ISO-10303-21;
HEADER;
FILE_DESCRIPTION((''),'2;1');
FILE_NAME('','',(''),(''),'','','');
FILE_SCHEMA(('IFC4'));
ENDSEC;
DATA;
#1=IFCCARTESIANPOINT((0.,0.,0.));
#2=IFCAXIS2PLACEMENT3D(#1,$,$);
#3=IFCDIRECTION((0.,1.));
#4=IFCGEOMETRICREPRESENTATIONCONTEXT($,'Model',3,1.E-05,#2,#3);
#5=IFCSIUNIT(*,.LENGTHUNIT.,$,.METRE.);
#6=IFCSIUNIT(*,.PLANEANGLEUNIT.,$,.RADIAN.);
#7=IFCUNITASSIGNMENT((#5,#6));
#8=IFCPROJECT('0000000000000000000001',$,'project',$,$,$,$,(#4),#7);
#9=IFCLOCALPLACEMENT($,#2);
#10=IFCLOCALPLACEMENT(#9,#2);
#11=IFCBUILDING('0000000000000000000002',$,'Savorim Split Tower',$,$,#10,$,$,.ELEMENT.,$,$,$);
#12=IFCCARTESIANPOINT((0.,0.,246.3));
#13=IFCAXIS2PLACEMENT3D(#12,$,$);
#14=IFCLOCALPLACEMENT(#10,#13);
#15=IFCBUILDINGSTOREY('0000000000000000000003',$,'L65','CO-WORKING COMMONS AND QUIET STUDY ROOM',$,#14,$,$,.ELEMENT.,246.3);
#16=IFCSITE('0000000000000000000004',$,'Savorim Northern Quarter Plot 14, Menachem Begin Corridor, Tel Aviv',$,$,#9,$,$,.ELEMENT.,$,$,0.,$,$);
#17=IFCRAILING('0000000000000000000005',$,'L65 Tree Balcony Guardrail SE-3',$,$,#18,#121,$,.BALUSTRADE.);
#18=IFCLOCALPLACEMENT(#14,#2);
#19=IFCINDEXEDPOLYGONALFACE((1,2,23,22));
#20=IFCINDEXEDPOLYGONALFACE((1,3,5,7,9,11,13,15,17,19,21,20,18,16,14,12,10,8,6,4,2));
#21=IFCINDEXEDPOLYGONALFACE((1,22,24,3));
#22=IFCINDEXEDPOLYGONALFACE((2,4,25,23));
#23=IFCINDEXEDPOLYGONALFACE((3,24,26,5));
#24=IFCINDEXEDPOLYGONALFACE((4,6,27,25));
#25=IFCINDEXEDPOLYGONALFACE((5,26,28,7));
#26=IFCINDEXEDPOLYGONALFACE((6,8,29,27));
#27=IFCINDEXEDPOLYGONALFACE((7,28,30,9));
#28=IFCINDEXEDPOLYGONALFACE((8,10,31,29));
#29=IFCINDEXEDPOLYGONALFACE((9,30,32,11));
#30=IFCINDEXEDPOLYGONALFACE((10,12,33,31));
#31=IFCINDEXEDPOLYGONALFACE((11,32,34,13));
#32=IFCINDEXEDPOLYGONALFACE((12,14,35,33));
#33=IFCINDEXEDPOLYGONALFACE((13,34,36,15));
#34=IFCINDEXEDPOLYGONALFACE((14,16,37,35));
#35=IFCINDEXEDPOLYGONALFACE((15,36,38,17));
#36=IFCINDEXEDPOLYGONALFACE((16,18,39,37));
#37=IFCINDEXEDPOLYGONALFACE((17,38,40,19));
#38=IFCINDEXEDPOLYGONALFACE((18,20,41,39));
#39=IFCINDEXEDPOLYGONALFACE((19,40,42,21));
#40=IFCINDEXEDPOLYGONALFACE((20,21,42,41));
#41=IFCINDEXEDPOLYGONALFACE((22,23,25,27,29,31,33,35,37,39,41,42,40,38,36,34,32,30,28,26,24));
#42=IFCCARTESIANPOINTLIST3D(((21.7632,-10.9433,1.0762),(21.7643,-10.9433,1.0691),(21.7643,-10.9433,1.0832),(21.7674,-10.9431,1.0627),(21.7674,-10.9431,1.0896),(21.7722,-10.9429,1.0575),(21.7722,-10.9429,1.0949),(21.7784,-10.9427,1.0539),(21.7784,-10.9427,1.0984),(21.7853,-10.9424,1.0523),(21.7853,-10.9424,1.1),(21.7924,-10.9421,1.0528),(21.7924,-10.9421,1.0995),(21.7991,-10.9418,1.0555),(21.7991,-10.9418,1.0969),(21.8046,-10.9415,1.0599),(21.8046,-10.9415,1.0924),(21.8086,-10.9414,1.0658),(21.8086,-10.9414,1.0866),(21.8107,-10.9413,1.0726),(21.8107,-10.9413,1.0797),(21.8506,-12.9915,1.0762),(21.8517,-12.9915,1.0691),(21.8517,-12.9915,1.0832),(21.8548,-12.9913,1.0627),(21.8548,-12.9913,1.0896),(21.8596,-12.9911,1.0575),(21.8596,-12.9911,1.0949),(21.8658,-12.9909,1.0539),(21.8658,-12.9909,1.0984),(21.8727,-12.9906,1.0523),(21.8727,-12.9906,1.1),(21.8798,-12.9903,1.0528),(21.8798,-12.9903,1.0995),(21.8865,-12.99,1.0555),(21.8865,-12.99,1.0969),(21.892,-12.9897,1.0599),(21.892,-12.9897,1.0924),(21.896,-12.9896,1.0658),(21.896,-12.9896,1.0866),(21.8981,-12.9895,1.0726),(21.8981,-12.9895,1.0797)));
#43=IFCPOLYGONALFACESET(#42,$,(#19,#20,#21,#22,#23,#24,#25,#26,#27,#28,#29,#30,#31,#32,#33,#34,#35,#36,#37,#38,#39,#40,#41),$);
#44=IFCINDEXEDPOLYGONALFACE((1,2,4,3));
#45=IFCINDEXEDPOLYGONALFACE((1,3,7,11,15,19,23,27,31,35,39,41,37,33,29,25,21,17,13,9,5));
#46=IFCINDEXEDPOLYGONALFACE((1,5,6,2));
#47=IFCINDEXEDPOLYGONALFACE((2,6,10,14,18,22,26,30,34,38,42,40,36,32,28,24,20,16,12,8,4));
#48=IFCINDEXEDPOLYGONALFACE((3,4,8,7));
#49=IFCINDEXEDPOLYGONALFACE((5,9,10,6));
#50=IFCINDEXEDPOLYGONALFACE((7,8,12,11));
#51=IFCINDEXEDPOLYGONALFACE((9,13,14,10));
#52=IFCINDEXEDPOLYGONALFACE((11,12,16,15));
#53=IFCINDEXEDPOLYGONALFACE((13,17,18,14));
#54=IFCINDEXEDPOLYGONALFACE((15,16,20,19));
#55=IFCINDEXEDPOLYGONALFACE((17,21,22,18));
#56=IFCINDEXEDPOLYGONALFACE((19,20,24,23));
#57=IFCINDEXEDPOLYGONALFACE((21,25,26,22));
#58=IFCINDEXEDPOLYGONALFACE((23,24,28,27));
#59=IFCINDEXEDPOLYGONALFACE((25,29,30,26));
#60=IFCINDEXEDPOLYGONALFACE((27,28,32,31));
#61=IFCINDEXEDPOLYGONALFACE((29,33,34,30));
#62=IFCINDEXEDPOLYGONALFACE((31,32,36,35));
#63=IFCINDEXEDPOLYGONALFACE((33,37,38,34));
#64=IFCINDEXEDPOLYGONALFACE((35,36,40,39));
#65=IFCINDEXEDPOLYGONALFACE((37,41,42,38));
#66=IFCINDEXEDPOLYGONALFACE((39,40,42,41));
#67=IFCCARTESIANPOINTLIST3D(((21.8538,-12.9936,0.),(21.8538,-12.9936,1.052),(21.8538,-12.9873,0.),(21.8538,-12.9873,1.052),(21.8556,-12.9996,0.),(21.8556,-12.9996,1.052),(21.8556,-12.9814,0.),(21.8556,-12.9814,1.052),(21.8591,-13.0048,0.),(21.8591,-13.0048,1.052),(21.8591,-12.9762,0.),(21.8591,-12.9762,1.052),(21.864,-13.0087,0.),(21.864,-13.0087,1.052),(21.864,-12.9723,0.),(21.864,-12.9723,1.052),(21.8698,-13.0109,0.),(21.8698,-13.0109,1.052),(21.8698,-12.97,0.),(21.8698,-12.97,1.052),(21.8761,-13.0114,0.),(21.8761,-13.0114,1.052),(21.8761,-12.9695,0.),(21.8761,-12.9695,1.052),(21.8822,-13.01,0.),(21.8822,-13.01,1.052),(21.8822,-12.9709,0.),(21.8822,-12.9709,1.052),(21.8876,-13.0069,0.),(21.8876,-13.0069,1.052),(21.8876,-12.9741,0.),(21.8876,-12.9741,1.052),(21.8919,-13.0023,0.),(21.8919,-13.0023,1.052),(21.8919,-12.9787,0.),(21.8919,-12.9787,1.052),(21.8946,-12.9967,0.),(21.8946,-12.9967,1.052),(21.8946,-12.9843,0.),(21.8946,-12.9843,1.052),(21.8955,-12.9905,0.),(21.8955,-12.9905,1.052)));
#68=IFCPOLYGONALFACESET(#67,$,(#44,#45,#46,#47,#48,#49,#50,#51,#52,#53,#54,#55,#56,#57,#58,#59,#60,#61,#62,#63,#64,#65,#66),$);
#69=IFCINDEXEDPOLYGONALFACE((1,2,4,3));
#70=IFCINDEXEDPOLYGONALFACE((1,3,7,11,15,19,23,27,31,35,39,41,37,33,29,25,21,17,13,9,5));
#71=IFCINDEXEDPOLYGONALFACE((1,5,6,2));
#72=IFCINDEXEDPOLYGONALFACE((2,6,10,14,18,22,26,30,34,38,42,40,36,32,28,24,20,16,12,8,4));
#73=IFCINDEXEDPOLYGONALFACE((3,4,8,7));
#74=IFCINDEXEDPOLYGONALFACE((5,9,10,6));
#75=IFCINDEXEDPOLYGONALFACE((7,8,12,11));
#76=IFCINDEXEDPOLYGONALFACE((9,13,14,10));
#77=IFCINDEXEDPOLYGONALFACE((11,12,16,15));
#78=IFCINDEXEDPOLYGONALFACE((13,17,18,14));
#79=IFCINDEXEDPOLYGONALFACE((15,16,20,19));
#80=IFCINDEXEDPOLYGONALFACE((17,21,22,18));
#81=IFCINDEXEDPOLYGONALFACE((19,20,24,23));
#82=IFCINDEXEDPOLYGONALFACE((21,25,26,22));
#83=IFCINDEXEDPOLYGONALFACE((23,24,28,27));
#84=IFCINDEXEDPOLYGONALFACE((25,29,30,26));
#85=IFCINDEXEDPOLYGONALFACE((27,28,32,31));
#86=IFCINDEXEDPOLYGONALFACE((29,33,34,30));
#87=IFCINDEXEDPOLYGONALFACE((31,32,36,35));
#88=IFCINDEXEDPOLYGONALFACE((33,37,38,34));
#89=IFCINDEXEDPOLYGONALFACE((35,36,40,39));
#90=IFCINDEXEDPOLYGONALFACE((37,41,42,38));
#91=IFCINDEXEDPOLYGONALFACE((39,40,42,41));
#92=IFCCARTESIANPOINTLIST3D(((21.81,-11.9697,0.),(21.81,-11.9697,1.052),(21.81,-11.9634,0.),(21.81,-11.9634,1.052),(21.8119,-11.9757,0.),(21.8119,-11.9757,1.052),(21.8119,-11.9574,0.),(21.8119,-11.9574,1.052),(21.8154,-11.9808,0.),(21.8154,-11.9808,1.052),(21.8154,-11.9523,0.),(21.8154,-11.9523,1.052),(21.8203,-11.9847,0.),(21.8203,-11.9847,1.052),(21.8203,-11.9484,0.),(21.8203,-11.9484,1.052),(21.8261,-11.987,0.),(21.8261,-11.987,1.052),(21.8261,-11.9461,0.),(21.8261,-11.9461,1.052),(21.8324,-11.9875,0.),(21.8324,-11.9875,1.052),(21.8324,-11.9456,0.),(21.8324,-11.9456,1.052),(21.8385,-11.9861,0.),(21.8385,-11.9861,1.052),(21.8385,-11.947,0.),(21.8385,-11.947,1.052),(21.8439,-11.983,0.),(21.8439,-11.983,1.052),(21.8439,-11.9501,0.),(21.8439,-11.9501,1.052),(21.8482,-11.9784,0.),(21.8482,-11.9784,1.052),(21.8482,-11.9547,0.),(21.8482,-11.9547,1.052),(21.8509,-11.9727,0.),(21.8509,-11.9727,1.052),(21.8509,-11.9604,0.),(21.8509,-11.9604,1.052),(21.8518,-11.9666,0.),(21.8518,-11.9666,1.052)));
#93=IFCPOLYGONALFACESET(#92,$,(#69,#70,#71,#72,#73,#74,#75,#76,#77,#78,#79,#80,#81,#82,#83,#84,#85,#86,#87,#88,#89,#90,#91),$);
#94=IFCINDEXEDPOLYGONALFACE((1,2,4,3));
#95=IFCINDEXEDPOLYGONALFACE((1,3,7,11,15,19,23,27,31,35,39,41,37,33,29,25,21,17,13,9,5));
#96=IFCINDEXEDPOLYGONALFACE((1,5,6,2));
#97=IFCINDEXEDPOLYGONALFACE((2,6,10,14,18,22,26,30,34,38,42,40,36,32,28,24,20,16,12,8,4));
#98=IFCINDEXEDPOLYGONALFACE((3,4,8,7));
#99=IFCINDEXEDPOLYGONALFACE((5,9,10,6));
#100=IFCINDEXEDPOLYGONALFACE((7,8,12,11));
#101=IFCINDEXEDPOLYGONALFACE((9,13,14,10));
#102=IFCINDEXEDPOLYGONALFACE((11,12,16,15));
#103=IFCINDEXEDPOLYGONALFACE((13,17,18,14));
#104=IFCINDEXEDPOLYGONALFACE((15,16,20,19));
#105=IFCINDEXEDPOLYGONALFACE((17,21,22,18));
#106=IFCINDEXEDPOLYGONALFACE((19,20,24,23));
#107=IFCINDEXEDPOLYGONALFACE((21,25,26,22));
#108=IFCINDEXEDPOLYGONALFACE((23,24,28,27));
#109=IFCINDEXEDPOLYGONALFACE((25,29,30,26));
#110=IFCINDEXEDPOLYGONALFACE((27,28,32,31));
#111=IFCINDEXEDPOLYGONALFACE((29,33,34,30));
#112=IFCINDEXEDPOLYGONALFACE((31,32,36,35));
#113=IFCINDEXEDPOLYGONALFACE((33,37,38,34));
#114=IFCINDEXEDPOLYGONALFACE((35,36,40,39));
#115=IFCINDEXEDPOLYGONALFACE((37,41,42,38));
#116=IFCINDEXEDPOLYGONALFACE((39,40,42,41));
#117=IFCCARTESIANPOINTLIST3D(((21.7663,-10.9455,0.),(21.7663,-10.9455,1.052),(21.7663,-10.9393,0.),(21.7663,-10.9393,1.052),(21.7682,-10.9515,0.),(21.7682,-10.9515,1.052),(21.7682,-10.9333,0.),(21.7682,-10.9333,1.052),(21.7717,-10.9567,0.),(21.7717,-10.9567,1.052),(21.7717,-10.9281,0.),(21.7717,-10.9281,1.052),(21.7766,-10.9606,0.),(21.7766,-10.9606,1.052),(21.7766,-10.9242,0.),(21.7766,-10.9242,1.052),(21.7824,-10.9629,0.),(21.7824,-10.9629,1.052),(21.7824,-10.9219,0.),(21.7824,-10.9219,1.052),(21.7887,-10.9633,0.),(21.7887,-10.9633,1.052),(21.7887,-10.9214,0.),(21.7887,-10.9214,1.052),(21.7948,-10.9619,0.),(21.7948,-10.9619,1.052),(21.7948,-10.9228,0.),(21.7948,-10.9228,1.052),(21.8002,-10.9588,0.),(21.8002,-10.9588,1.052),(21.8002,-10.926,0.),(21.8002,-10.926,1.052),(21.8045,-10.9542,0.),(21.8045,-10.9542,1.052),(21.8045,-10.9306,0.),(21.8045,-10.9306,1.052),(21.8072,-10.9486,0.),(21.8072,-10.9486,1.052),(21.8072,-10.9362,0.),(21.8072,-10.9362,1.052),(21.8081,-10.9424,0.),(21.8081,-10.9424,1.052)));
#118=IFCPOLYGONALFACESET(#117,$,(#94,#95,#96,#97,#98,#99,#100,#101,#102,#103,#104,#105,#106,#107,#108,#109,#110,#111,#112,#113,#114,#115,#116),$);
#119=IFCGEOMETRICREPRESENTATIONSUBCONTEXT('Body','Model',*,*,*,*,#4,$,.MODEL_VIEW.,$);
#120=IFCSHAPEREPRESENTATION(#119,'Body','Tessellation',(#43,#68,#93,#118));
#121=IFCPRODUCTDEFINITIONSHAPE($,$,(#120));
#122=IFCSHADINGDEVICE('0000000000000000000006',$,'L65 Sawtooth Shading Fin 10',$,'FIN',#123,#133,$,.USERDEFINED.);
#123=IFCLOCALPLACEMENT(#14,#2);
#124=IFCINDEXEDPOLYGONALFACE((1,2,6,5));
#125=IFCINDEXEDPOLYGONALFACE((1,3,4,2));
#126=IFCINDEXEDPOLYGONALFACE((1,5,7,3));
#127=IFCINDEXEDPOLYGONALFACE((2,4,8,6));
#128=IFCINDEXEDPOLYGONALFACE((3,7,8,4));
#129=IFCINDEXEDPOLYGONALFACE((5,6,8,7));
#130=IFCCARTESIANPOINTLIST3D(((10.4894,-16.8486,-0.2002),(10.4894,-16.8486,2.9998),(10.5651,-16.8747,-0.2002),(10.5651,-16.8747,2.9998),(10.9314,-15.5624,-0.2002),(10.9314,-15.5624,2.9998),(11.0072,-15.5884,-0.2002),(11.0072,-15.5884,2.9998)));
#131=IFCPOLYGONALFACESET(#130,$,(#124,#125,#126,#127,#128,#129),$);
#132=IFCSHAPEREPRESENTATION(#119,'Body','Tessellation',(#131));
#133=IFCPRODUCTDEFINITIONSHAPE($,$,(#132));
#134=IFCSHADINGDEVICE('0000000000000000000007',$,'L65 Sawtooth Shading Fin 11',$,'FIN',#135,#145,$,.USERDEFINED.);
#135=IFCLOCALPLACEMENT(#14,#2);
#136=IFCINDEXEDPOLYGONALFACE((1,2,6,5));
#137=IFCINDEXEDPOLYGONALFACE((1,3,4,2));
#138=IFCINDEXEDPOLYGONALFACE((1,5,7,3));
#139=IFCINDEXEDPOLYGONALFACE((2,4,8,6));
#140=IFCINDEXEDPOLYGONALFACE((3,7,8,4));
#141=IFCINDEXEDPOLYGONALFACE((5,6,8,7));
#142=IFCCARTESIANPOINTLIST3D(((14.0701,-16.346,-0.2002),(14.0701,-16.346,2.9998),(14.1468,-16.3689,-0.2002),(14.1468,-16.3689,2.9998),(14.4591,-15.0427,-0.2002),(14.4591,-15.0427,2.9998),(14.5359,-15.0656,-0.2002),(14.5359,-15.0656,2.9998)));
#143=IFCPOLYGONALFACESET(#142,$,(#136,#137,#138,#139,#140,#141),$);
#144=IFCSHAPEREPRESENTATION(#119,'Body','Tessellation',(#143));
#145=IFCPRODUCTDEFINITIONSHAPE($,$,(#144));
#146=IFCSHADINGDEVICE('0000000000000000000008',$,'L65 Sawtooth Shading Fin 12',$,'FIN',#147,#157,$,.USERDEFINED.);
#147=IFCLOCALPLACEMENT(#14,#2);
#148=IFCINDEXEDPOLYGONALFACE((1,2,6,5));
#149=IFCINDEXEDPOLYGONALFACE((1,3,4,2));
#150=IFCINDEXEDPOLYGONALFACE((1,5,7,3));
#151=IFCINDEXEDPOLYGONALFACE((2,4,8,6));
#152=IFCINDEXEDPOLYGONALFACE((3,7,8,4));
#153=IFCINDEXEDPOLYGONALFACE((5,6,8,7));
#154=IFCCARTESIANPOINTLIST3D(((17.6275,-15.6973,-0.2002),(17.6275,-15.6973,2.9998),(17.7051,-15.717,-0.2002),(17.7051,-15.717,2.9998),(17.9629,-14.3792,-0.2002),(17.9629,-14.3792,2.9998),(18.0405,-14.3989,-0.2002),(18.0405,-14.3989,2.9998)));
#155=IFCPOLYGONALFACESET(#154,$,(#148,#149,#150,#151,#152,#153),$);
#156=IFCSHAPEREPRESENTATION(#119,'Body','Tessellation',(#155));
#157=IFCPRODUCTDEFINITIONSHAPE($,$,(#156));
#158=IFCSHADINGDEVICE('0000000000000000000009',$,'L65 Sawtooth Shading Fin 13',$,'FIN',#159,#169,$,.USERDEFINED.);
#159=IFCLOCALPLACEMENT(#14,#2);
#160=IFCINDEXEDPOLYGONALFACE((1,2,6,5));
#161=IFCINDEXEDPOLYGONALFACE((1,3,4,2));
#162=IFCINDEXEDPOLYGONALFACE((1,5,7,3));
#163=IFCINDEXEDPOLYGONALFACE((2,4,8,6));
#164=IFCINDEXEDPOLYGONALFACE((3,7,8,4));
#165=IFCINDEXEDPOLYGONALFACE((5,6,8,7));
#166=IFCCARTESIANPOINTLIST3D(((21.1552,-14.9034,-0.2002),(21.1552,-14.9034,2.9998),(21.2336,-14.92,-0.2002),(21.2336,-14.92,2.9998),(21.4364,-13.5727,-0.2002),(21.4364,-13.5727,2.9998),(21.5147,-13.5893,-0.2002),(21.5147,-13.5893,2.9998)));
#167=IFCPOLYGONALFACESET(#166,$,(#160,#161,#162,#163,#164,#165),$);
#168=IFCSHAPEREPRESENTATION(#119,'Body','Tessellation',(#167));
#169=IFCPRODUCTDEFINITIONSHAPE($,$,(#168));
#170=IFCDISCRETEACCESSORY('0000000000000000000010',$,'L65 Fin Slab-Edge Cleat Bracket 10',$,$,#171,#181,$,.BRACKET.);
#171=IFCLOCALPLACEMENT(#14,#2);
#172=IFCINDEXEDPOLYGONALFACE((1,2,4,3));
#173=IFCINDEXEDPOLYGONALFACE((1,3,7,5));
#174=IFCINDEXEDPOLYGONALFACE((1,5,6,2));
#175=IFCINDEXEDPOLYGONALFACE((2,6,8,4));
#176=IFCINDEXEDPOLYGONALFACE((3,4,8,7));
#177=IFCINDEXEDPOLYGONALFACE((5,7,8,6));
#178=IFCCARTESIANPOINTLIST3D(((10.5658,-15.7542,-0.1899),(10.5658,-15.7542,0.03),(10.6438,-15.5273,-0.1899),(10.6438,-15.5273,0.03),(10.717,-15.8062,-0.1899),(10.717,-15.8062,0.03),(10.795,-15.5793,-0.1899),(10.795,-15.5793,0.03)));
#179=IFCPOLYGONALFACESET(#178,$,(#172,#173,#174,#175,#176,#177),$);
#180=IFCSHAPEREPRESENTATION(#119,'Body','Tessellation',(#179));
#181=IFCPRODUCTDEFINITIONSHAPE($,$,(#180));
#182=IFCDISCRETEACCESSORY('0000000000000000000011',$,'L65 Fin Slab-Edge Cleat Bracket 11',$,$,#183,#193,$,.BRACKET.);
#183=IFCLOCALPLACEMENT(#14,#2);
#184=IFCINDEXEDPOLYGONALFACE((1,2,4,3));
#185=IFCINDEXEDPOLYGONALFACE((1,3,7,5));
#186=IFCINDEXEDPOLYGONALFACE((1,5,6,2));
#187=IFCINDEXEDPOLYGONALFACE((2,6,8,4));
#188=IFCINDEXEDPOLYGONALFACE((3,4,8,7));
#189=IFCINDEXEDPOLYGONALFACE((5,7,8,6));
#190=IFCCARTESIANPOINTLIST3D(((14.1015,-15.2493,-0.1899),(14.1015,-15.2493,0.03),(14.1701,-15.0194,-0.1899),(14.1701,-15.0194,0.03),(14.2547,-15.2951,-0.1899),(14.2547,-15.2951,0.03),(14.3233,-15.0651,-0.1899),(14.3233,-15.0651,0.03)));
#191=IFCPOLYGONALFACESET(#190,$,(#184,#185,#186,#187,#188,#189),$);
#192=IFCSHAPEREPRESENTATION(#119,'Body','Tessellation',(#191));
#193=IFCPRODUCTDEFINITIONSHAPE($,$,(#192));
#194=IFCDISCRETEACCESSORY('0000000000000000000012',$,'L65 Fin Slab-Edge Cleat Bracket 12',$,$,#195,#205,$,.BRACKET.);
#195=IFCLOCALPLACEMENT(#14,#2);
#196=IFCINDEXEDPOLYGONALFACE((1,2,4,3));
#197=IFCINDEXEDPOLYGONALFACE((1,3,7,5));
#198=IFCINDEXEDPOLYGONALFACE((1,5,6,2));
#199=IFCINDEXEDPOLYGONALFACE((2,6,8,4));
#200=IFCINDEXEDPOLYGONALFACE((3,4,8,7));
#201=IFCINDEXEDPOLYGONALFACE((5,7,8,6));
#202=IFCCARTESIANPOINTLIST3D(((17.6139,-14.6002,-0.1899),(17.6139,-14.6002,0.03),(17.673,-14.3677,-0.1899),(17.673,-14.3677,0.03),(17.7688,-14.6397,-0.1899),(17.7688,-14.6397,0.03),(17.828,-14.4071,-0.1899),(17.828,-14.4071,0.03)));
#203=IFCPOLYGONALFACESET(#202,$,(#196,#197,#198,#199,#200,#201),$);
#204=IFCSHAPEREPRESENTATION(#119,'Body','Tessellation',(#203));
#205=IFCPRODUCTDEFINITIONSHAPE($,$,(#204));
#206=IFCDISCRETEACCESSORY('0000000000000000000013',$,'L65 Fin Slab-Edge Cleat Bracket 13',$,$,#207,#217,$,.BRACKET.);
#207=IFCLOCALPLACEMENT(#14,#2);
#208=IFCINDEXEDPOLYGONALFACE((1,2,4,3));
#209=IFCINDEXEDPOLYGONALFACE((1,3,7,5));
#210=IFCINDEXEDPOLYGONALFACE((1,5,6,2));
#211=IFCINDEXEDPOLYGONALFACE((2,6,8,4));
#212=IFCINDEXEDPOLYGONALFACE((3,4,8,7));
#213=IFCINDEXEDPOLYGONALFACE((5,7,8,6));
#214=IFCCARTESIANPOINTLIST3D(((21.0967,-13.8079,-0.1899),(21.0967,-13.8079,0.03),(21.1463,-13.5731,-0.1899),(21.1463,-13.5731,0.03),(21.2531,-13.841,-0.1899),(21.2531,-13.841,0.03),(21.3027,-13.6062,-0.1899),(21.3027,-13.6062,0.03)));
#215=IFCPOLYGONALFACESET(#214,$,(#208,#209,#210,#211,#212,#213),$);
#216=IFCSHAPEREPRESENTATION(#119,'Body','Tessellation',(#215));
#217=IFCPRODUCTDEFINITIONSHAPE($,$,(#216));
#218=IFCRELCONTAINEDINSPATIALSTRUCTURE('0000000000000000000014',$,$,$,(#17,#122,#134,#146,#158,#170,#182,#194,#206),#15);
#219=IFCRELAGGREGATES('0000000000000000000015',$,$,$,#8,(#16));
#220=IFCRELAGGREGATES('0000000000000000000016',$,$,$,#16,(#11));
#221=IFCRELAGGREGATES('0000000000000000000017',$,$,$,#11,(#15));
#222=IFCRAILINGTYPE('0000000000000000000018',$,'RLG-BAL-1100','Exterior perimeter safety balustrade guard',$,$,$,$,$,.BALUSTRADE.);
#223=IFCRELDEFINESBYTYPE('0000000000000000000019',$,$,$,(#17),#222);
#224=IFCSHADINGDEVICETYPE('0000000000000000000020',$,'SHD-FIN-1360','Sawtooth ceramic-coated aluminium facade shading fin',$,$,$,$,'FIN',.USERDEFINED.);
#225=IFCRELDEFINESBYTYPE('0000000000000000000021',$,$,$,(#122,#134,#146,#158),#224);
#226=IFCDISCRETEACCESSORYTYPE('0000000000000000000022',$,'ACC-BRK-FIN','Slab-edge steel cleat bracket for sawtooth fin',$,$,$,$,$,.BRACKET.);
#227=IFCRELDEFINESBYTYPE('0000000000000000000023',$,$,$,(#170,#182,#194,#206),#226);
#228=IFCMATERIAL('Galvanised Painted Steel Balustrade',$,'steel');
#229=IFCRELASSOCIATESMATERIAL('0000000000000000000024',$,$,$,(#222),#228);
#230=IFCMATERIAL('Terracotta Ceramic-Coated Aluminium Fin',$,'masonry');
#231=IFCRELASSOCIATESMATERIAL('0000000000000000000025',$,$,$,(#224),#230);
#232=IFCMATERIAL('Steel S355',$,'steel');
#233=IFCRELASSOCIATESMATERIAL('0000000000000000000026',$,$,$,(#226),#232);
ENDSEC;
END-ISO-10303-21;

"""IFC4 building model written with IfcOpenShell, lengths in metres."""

from ifc_helpers import new_model, si_unit, direction, frame, origin, origin_2d, place, context, subcontext, project, spatial, rectangle, circle, extrude, material, type_object, element, save


model = new_model("IFC4")

# Units and contexts
model_context = context("Model", 3, precision=1e-05, world=origin(), true_north=direction((0.0, 1.0)))
body_context = subcontext(model_context, "Body", "Model", "MODEL_VIEW")
ifc_project = project(units=[si_unit("LENGTHUNIT", "METRE"), si_unit("PLANEANGLEUNIT", "RADIAN")], contexts=[model_context])

# Site, building, storey
site_placement = place(None, origin())
site = spatial("IfcSite", under=ifc_project, at=site_placement, Name="Savorim Northern Quarter Plot 14, Menachem Begin Corridor, Tel Aviv", CompositionType="ELEMENT", RefElevation=0.0)
building_placement = place(site_placement, origin())
building = spatial("IfcBuilding", under=site, at=building_placement, Name="Savorim Split Tower", CompositionType="ELEMENT")
storey_placement = place(building_placement, frame((0.0, 0.0, 246.3)))
storey = spatial("IfcBuildingStorey", under=building, at=storey_placement, Name="L65", Description="CO-WORKING COMMONS AND QUIET STUDY ROOM", CompositionType="ELEMENT", Elevation=246.3)

# Shared definitions
ifc_material_1 = material(Name="Steel S355", Category="steel")

# Railing
ifc_material_2 = material(Name="Galvanised Painted Steel Balustrade", Category="steel")
railing_type = type_object("IfcRailingType", Name="RLG-BAL-1100", Description="Exterior perimeter safety balustrade guard", PredefinedType="BALUSTRADE", material=ifc_material_2)
railing_1_placement = place(storey_placement, frame((21.8745, -12.9905, 0.0)))
element("IfcRailing", 1, at=railing_1_placement, inside=storey, type_object=railing_type, Name="L65 Tree Balcony Guardrail SE-3", PredefinedType="BALUSTRADE", context=body_context, shape_type="SweptSolid", body=[
    extrude(circle(Radius=0.0239, at=origin_2d()), frame((0.0, 0.0, 1.0762), z_axis=(-0.042636, 0.999091, 0.0), x_axis=(-0.999091, -0.042636, 0.0)), (0.0, 0.0, 1.0), 2.05),
    extrude(circle(Radius=0.021, at=origin_2d()), origin(), (0.0, 0.0, 1.0), 1.052),
    extrude(circle(Radius=0.021, at=origin_2d()), frame((-0.0437, 1.0239, 0.0)), (0.0, 0.0, 1.0), 1.052),
    extrude(circle(Radius=0.021, at=origin_2d()), frame((-0.0874, 2.0481, 0.0)), (0.0, 0.0, 1.0), 1.052),
])

# Shading devices
ifc_material_3 = material(Name="Terracotta Ceramic-Coated Aluminium Fin", Category="masonry")
shading_device_type = type_object("IfcShadingDeviceType", Name="SHD-FIN-1360", Description="Sawtooth ceramic-coated aluminium facade shading fin", ElementType="FIN", PredefinedType="USERDEFINED", material=ifc_material_3)
for number, where, z_axis, x_axis, name in (
    (2, (10.7483, -16.2185, -0.2002), (0.0, 0.0, 1.0), (-0.324994, -0.945716, 0.0), "L65 Sawtooth Shading Fin 10"),
    (3, (14.303, -15.7058, -0.2002), (0.0, 0.0, 1.0), (-0.286026, -0.958222, 0.0), "L65 Sawtooth Shading Fin 11"),
    (4, (17.834, -15.0481, -0.2002), (0.0, 0.0, 1.0), (-0.246581, -0.969122, 0.0), "L65 Sawtooth Shading Fin 12"),
    (5, (21.335, -14.2463, -0.2002), (0.0, 0.0, 1.0), (-0.206722, -0.9784, 0.0), "L65 Sawtooth Shading Fin 13"),
):
    element("IfcShadingDevice", number, at=place(storey_placement, frame(where, z_axis=z_axis, x_axis=x_axis)), inside=storey, type_object=shading_device_type, Name=name, ObjectType="FIN", PredefinedType="USERDEFINED", context=body_context, shape_type="SweptSolid", body=[
        extrude(rectangle(XDim=1.3601, YDim=0.0801, at=origin_2d()), origin(), (0.0, 0.0, 1.0), 3.2),
    ])

# Discrete accessories
discrete_accessory_type_1 = type_object("IfcDiscreteAccessoryType", Name="ACC-BRK-FIN", Description="Slab-edge steel cleat bracket for sawtooth fin", PredefinedType="BRACKET", material=ifc_material_1)
for number, where, z_axis, x_axis, name in (
    (6, (10.6804, -15.6667, -0.1899), (0.0, 0.0, 1.0), (-0.324994, -0.945716, 0.0), "L65 Fin Slab-Edge Cleat Bracket 10"),
    (7, (14.2124, -15.1572, -0.1899), (0.0, 0.0, 1.0), (-0.286026, -0.958222, 0.0), "L65 Fin Slab-Edge Cleat Bracket 11"),
    (8, (17.7209, -14.5037, -0.1899), (0.0, 0.0, 1.0), (-0.246581, -0.969122, 0.0), "L65 Fin Slab-Edge Cleat Bracket 12"),
    (9, (21.1997, -13.707, -0.1899), (0.0, 0.0, 1.0), (-0.206722, -0.9784, 0.0), "L65 Fin Slab-Edge Cleat Bracket 13"),
):
    element("IfcDiscreteAccessory", number, at=place(storey_placement, frame(where, z_axis=z_axis, x_axis=x_axis)), inside=storey, type_object=discrete_accessory_type_1, Name=name, PredefinedType="BRACKET", context=body_context, shape_type="SweptSolid", body=[
        extrude(rectangle(XDim=0.24, YDim=0.1599, at=origin_2d()), origin(), (0.0, 0.0, 1.0), 0.22),
    ])

save(model, "model.ifc")
